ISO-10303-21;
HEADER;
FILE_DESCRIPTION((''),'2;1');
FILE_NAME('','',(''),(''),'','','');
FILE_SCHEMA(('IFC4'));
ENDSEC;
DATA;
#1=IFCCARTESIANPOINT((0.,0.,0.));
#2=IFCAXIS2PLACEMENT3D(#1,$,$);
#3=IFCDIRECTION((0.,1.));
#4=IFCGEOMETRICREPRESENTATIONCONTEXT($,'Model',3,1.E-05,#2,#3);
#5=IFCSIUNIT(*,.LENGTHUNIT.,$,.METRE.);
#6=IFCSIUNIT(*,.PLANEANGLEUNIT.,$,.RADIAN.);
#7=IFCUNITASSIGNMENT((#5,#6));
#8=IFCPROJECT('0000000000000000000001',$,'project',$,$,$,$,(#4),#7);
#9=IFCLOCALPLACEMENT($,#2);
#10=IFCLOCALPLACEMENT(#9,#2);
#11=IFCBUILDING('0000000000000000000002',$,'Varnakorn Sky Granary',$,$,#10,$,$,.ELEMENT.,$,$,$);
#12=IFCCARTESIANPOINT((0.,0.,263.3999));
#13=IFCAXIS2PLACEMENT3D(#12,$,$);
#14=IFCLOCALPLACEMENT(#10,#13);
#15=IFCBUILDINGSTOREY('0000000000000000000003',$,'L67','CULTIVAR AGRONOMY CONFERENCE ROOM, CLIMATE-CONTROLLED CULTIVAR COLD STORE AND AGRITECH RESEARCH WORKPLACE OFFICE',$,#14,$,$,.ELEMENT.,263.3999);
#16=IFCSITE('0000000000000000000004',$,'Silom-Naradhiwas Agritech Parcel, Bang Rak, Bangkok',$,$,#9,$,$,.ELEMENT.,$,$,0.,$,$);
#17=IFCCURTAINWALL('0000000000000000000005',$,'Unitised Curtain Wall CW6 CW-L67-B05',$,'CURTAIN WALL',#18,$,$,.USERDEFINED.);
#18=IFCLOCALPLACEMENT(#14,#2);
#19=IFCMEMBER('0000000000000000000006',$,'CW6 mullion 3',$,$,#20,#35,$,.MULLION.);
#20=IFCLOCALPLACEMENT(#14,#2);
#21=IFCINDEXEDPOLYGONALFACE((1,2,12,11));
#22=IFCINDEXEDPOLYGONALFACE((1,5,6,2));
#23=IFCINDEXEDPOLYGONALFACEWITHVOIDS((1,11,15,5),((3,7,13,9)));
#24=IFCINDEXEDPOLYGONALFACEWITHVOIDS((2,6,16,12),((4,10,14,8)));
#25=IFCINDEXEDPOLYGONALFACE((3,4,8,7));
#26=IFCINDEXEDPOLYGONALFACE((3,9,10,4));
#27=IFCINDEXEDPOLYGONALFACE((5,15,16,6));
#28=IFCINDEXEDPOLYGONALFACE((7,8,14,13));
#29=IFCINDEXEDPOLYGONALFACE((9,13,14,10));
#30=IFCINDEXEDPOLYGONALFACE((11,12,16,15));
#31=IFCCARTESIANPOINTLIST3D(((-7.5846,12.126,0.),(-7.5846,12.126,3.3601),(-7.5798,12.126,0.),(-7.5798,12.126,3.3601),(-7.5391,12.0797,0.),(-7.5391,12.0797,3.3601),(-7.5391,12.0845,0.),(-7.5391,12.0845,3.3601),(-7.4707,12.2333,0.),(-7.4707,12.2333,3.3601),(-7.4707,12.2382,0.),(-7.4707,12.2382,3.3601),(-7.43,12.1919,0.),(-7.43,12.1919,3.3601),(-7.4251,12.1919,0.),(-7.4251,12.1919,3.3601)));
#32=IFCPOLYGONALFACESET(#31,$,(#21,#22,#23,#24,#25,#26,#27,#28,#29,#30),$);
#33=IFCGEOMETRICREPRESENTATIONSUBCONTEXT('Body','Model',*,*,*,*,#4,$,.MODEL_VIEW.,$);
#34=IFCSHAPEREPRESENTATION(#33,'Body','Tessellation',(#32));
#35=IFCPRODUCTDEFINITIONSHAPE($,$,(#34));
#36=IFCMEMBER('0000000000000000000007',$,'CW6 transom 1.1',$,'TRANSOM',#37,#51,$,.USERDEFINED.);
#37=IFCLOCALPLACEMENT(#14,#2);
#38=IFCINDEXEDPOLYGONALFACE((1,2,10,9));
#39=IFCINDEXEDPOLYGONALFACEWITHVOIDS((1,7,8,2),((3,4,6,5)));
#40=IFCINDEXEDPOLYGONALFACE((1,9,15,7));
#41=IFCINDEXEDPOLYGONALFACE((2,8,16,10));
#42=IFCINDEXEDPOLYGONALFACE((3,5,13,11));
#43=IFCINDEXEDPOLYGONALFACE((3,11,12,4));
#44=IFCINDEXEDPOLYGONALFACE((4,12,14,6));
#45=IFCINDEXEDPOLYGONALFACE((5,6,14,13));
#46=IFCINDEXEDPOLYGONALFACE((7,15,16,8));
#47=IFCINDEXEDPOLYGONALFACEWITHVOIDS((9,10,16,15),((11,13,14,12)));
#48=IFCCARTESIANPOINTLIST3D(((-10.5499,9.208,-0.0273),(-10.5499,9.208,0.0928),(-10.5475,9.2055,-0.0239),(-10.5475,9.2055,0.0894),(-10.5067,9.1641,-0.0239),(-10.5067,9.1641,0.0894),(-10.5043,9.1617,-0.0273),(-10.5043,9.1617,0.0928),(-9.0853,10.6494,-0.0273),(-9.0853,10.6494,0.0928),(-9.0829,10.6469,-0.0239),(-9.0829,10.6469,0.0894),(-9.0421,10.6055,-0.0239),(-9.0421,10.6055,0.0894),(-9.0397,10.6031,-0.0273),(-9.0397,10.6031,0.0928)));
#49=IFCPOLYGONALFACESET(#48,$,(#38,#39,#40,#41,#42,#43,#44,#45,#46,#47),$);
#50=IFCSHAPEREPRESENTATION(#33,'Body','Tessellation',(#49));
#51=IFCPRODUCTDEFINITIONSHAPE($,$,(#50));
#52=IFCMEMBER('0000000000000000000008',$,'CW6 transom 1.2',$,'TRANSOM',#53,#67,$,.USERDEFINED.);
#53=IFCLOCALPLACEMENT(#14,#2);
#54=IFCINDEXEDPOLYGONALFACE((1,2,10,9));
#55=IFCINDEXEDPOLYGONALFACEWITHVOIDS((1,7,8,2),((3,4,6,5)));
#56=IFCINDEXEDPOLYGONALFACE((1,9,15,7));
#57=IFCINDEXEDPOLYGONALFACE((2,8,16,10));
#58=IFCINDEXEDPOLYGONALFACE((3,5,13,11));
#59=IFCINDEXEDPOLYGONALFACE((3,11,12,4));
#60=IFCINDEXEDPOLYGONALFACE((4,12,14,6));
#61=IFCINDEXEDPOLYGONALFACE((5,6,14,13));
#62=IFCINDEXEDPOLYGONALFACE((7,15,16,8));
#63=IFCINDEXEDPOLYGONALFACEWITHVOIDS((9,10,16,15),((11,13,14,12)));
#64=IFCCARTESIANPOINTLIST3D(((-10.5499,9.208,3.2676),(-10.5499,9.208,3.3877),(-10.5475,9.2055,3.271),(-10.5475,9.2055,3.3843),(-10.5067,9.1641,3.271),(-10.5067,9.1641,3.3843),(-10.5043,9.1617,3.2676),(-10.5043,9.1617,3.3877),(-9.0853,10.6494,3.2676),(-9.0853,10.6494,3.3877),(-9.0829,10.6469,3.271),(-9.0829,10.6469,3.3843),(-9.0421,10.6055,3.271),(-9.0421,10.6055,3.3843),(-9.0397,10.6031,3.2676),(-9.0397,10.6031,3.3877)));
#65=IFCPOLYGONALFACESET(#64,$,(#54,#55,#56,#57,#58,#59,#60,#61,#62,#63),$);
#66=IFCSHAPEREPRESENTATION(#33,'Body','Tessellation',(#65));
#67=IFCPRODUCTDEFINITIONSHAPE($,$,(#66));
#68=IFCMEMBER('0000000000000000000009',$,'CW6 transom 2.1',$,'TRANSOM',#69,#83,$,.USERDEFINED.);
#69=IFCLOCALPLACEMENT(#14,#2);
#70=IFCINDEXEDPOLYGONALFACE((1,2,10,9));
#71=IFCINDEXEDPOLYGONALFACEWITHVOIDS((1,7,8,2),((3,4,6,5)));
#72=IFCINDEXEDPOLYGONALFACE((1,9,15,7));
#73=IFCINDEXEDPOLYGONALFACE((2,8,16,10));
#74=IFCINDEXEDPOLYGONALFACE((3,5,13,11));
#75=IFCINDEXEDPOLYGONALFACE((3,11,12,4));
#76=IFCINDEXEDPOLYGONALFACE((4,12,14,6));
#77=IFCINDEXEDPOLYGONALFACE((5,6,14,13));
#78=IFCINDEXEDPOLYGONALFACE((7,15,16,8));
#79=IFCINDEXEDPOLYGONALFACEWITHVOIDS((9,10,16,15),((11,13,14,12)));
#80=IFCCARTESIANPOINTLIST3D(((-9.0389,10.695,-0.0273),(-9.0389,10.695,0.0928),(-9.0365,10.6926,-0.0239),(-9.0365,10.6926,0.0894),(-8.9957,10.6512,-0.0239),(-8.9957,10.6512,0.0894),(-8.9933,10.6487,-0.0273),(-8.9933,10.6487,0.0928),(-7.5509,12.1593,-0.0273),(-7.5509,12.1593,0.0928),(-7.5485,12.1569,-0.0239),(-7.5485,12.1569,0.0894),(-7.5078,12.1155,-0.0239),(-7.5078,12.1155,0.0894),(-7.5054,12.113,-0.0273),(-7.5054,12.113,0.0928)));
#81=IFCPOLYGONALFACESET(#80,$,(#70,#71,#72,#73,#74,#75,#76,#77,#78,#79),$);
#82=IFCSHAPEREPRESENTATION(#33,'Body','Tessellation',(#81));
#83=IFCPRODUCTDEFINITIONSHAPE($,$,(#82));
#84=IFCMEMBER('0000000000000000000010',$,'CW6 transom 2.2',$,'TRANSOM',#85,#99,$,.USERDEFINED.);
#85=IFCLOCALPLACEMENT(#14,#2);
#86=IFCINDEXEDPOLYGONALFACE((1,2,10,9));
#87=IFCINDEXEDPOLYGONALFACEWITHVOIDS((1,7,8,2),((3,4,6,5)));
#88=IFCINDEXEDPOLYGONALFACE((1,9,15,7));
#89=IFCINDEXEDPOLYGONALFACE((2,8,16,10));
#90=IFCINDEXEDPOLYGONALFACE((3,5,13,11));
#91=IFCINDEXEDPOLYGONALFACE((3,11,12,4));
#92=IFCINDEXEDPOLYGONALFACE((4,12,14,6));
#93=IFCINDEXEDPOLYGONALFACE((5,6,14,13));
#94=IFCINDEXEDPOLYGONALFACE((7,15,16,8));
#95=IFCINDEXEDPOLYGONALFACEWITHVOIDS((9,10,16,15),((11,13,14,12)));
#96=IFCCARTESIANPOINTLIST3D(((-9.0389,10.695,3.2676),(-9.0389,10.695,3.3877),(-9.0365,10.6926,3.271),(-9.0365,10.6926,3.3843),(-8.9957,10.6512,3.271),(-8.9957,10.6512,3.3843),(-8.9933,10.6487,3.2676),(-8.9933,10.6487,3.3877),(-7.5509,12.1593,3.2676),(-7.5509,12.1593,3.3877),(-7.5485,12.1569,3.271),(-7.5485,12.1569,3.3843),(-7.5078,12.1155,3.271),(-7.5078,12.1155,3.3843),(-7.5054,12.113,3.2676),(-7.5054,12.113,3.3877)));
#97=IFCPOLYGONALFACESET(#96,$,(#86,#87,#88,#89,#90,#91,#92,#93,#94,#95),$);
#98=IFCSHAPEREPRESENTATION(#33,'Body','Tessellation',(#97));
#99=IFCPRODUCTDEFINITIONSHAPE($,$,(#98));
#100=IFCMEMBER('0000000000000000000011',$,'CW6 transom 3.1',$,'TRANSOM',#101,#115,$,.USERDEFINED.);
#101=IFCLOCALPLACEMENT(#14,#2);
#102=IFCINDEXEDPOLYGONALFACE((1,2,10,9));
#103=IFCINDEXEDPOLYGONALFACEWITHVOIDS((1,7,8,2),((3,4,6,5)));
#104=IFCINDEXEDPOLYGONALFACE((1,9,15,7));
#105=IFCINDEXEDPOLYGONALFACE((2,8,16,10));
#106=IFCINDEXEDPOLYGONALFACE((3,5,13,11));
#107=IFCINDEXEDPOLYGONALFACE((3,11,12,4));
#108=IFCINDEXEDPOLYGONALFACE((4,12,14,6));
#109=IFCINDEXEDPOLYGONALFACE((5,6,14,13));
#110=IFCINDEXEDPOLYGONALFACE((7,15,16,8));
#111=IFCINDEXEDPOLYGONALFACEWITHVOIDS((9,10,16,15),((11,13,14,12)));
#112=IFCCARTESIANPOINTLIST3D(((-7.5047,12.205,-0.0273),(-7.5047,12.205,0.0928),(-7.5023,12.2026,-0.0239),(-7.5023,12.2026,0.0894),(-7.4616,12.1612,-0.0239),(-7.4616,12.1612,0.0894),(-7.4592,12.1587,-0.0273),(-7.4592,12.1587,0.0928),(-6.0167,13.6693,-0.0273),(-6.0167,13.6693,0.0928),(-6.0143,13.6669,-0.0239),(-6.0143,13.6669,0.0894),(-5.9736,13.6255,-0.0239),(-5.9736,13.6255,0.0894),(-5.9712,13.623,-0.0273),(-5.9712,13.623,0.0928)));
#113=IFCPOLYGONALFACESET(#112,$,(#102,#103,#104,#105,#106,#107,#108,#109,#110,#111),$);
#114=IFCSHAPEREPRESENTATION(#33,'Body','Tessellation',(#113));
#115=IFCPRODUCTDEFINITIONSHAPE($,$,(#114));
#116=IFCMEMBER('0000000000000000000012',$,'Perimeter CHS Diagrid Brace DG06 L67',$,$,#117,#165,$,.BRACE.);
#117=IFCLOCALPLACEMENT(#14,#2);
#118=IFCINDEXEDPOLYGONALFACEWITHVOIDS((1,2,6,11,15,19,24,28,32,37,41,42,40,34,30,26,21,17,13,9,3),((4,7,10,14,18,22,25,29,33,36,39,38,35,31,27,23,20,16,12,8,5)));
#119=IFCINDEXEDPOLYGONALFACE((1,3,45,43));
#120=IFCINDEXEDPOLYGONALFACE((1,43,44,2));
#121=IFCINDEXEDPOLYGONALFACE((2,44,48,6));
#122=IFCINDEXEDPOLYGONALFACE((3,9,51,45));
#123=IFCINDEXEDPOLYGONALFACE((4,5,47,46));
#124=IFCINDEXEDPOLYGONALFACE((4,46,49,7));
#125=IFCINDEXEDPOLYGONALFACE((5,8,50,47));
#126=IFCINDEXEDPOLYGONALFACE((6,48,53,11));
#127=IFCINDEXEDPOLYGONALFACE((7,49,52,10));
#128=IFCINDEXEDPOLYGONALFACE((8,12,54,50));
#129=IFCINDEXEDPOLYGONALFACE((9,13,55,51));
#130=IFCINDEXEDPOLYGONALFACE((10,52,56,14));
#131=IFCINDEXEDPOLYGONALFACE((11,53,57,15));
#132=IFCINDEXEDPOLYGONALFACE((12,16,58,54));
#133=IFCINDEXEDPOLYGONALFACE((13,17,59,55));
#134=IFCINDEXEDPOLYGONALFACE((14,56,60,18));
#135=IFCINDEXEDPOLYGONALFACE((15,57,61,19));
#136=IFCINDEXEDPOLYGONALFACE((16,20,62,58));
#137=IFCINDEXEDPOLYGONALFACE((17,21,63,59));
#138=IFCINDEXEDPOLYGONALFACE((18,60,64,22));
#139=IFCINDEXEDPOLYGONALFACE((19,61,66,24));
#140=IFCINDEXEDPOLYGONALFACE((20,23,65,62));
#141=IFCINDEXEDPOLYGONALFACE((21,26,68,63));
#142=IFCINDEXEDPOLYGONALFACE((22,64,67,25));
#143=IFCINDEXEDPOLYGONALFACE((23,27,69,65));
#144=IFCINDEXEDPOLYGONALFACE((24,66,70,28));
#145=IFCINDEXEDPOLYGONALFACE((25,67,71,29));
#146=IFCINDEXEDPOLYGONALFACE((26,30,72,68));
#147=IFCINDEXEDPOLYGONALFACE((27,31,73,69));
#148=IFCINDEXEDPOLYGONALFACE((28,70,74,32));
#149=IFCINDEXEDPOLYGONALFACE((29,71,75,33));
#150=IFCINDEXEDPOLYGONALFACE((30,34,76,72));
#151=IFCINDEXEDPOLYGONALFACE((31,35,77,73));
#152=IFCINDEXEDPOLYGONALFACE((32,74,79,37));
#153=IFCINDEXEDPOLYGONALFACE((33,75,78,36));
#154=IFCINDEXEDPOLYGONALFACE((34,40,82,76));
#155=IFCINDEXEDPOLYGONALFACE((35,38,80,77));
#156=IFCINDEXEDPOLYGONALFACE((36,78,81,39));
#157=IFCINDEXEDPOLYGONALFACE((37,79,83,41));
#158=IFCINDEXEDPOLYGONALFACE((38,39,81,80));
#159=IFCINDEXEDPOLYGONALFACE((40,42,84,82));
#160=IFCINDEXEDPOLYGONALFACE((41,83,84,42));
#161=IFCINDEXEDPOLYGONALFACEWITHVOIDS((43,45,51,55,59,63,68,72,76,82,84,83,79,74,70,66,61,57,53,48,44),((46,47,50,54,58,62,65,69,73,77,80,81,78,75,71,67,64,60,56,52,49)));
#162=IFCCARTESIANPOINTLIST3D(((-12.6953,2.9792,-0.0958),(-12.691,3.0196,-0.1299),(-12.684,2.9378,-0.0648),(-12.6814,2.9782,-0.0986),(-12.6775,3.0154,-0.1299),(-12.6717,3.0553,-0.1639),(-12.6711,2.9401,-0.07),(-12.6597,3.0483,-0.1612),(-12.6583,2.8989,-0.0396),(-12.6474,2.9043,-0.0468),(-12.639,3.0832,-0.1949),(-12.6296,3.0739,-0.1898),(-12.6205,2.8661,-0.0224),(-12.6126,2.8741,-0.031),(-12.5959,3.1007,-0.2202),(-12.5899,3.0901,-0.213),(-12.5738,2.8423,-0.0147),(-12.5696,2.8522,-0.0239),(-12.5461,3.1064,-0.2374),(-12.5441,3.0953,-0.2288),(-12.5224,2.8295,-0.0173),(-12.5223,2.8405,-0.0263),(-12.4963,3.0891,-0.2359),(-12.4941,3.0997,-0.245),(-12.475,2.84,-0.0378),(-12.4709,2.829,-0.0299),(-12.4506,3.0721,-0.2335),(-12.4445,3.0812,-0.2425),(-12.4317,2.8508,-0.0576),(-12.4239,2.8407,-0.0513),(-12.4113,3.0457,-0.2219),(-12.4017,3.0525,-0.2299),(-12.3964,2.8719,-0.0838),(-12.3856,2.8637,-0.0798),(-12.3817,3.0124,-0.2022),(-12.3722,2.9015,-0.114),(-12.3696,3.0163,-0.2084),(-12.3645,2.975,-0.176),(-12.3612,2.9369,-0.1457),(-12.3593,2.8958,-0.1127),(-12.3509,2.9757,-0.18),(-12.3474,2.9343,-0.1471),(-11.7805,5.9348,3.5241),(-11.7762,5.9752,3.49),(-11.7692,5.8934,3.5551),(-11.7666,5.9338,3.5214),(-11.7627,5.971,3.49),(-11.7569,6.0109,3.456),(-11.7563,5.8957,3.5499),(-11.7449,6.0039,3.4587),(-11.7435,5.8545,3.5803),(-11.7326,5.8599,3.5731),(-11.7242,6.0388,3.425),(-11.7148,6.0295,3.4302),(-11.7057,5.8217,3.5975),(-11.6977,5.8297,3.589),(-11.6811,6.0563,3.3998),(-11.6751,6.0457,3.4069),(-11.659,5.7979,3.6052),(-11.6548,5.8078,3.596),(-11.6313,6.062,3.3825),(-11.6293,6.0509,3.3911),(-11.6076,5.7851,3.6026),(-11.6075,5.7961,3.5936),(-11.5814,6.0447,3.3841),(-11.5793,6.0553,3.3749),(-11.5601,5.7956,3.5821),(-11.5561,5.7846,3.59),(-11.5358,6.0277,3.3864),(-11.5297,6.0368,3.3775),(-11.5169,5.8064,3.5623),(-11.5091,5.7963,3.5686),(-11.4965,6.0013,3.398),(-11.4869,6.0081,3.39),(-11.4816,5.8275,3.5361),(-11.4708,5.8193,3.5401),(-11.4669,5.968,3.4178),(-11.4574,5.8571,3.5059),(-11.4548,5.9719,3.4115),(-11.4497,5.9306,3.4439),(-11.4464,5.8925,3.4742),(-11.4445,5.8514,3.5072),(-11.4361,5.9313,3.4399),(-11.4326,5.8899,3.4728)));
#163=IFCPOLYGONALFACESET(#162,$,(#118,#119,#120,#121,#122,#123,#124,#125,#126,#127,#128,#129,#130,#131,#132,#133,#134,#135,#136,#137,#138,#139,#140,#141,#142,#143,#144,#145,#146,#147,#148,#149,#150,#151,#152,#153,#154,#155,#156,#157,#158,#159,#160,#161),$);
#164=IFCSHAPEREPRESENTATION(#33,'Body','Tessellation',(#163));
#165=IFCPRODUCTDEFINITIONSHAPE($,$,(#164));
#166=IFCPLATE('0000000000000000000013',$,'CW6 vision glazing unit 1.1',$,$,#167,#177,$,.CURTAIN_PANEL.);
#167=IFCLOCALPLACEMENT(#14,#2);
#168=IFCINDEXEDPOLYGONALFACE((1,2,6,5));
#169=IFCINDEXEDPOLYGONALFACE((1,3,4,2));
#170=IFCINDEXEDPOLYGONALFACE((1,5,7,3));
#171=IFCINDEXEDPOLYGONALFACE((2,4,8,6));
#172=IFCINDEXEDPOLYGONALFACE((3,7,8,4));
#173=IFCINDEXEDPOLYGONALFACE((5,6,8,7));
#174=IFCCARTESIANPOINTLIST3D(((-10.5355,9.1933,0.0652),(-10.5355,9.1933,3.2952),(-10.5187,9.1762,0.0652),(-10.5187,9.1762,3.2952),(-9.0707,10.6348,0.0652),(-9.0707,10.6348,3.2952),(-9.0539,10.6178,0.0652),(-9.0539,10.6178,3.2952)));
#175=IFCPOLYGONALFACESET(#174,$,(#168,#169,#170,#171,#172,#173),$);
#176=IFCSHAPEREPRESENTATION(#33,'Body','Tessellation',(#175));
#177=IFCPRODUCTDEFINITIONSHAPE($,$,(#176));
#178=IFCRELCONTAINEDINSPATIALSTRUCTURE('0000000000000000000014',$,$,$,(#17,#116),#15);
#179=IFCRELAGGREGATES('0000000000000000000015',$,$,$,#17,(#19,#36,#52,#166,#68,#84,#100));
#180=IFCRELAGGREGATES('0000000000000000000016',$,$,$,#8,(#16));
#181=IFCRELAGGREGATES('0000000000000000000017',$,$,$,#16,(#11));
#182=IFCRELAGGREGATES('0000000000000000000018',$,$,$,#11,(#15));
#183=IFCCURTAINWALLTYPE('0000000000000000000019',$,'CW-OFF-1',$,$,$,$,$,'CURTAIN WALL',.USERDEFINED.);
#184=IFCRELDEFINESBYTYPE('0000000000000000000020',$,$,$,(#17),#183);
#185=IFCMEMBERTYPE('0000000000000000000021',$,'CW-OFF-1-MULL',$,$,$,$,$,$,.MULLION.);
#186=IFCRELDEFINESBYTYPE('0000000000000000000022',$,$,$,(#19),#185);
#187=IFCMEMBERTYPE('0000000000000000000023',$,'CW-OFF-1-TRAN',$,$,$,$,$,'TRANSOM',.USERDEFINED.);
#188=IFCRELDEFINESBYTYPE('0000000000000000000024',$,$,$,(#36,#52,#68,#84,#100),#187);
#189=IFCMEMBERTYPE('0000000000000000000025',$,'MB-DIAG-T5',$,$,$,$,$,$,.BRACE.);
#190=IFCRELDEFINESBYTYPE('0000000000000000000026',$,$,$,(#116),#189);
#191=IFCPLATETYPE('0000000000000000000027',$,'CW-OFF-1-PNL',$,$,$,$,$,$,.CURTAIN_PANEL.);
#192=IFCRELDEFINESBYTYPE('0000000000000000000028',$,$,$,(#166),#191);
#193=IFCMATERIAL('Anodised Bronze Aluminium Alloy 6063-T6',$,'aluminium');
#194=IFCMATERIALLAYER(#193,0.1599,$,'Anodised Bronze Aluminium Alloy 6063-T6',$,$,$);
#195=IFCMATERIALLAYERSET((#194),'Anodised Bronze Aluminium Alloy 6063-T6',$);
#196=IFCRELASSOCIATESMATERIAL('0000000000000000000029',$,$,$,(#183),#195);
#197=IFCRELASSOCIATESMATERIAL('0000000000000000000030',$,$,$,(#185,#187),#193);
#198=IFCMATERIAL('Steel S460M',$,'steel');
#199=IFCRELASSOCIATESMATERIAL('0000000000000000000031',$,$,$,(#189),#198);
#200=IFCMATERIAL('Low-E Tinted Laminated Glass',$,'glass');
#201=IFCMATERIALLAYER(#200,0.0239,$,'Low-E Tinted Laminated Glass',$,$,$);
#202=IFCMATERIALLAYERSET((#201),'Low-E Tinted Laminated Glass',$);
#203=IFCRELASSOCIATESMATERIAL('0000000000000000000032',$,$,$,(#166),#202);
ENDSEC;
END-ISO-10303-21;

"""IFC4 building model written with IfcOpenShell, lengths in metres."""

from ifc_helpers import new_model, si_unit, direction, frame, origin, origin_2d, place, context, subcontext, project, spatial, rectangle, hollow_rectangle, hollow_circle, extrude, source, transform, mapped, material, layer, layer_set, material_profile, profile_set, type_object, element, aggregate, save


model = new_model("IFC4")

# Units and contexts
model_context = context("Model", 3, precision=1e-05, world=origin(), true_north=direction((0.0, 1.0)))
body_context = subcontext(model_context, "Body", "Model", "MODEL_VIEW")
ifc_project = project(units=[si_unit("LENGTHUNIT", "METRE"), si_unit("PLANEANGLEUNIT", "RADIAN")], contexts=[model_context])

# Site, building, storey
site_placement = place(None, origin())
site = spatial("IfcSite", under=ifc_project, at=site_placement, Name="Silom-Naradhiwas Agritech Parcel, Bang Rak, Bangkok", CompositionType="ELEMENT", RefElevation=0.0)
building_placement = place(site_placement, origin())
building = spatial("IfcBuilding", under=site, at=building_placement, Name="Varnakorn Sky Granary", CompositionType="ELEMENT")
storey_placement = place(building_placement, frame((0.0, 0.0, 263.3999)))
storey = spatial("IfcBuildingStorey", under=building, at=storey_placement, Name="L67", Description="CULTIVAR AGRONOMY CONFERENCE ROOM, CLIMATE-CONTROLLED CULTIVAR COLD STORE AND AGRITECH RESEARCH WORKPLACE OFFICE", CompositionType="ELEMENT", Elevation=263.3999)

# Shared definitions
ifc_material_1 = material(Name="Steel S460M", Category="steel")

# Curtain wall, members
ifc_material_2 = material(Name="Anodised Bronze Aluminium Alloy 6063-T6", Category="aluminium")
ifc_layer_1 = layer(ifc_material_2, 0.1599, Name="Anodised Bronze Aluminium Alloy 6063-T6")
ifc_layer_set_1 = layer_set([ifc_layer_1], Name="Anodised Bronze Aluminium Alloy 6063-T6")
curtain_wall_type = type_object("IfcCurtainWallType", Name="CW-OFF-1", ElementType="CURTAIN WALL", PredefinedType="USERDEFINED", material=ifc_layer_set_1)
curtain_wall_placement = place(storey_placement, origin())
curtain_wall = element("IfcCurtainWall", 1, at=curtain_wall_placement, inside=storey, type_object=curtain_wall_type, Name="Unitised Curtain Wall CW6 CW-L67-B05", ObjectType="CURTAIN WALL", PredefinedType="USERDEFINED")
ifc_material_profile_1 = material_profile(ifc_material_2, hollow_rectangle(XDim=0.0649, YDim=0.1599, WallThickness=0.0034, at=origin_2d()), Name="ALU MULL 65x160")
ifc_profile_set_1 = profile_set([ifc_material_profile_1], Name="Anodised Bronze Aluminium Alloy 6063-T6")
member_type_1 = type_object("IfcMemberType", Name="CW-OFF-1-MULL", PredefinedType="MULLION", material=ifc_profile_set_1)
member_1_placement = place(storey_placement, frame((-7.5049, 12.1589, 0.0), z_axis=(0.0, 0.0, 1.0), x_axis=(-0.70144, 0.712728, 0.0)))
member_1 = element("IfcMember", 2, at=member_1_placement, type_object=member_type_1, Name="CW6 mullion 3", PredefinedType="MULLION", context=body_context, shape_type="SweptSolid", body=[
    extrude(hollow_rectangle(XDim=0.0649, YDim=0.1599, WallThickness=0.0034, at=origin_2d()), origin(), (0.0, 0.0, 1.0), 3.3601),
])
ifc_material_profile_2 = material_profile(ifc_material_2, hollow_rectangle(XDim=0.0649, YDim=0.1201, WallThickness=0.0034, at=origin_2d()), Name="ALU TRAN 65x120")
ifc_profile_set_2 = profile_set([ifc_material_profile_2], Name="Anodised Bronze Aluminium Alloy 6063-T6")
member_type_2 = type_object("IfcMemberType", Name="CW-OFF-1-TRAN", ElementType="TRANSOM", PredefinedType="USERDEFINED", material=ifc_profile_set_2)
member_2_placement = place(storey_placement, frame((-10.5271, 9.1848, 0.0327), z_axis=(0.712728, 0.701441, 0.0), x_axis=(-0.701441, 0.712728, 0.0)))
member_2 = element("IfcMember", 3, at=member_2_placement, type_object=member_type_2, Name="CW6 transom 1.1", ObjectType="TRANSOM", PredefinedType="USERDEFINED", context=body_context, shape_type="SweptSolid", body=[
    extrude(hollow_rectangle(XDim=0.0649, YDim=0.1201, WallThickness=0.0034, at=origin_2d()), origin(), (0.0, 0.0, 1.0), 2.0549),
])
member_3_placement = place(storey_placement, frame((-10.5271, 9.1848, 3.3276), z_axis=(0.712728, 0.701441, 0.0), x_axis=(-0.701441, 0.712728, 0.0)))
member_3 = element("IfcMember", 4, at=member_3_placement, type_object=member_type_2, Name="CW6 transom 1.2", ObjectType="TRANSOM", PredefinedType="USERDEFINED", context=body_context, shape_type="SweptSolid", body=[
    extrude(hollow_rectangle(XDim=0.0649, YDim=0.1201, WallThickness=0.0034, at=origin_2d()), origin(), (0.0, 0.0, 1.0), 2.0549),
])
member_4_placement = place(storey_placement, frame((-9.0161, 10.6719, 0.0327), z_axis=(0.712756, 0.701412, 0.0), x_axis=(-0.701412, 0.712756, 0.0)))
member_4 = element("IfcMember", 5, at=member_4_placement, type_object=member_type_2, Name="CW6 transom 2.1", ObjectType="TRANSOM", PredefinedType="USERDEFINED", context=body_context, shape_type="SweptSolid", body=[
    extrude(hollow_rectangle(XDim=0.0649, YDim=0.1201, WallThickness=0.0034, at=origin_2d()), origin(), (0.0, 0.0, 1.0), 2.0876),
])
member_5_placement = place(storey_placement, frame((-9.0161, 10.6719, 3.3276), z_axis=(0.712756, 0.701412, 0.0), x_axis=(-0.701412, 0.712756, 0.0)))
member_5 = element("IfcMember", 6, at=member_5_placement, type_object=member_type_2, Name="CW6 transom 2.2", ObjectType="TRANSOM", PredefinedType="USERDEFINED", context=body_context, shape_type="SweptSolid", body=[
    extrude(hollow_rectangle(XDim=0.0649, YDim=0.1201, WallThickness=0.0034, at=origin_2d()), origin(), (0.0, 0.0, 1.0), 2.0876),
])
member_6_placement = place(storey_placement, frame((-7.4819, 12.1819, 0.0327), z_axis=(0.712756, 0.701412, 0.0), x_axis=(-0.701412, 0.712756, 0.0)))
member_6 = element("IfcMember", 7, at=member_6_placement, type_object=member_type_2, Name="CW6 transom 3.1", ObjectType="TRANSOM", PredefinedType="USERDEFINED", context=body_context, shape_type="SweptSolid", body=[
    extrude(hollow_rectangle(XDim=0.0649, YDim=0.1201, WallThickness=0.0034, at=origin_2d()), origin(), (0.0, 0.0, 1.0), 2.0876),
])

# Member
ifc_material_profile_3 = material_profile(ifc_material_1, hollow_circle(Radius=0.1777, WallThickness=0.0142, at=origin_2d()), Name="CHS 355.6x14")
ifc_profile_set_3 = profile_set([ifc_material_profile_3], Name="Steel S460M")
member_type_3 = type_object("IfcMemberType", Name="MB-DIAG-T5", PredefinedType="BRACE", material=ifc_profile_set_3)
member_7_placement = place(storey_placement, frame((-12.5212, 2.967, -0.1299), z_axis=(0.192107, 0.620669, 0.760174), x_axis=(-0.955288, 0.295677, 0.0)))
element("IfcMember", 8, at=member_7_placement, inside=storey, type_object=member_type_3, Name="Perimeter CHS Diagrid Brace DG06 L67", PredefinedType="BRACE", context=body_context, shape_type="SweptSolid", body=[
    extrude(hollow_circle(Radius=0.1777, WallThickness=0.0142, at=origin_2d()), origin(), (0.0, 0.0, 1.0), 4.762),
])

# Plate
ifc_material_3 = material(Name="Low-E Tinted Laminated Glass", Category="glass")
ifc_layer_2 = layer(ifc_material_3, 0.0239, Name="Low-E Tinted Laminated Glass")
ifc_layer_set_2 = layer_set([ifc_layer_2], Name="Low-E Tinted Laminated Glass")
plate_type = type_object("IfcPlateType", Name="CW-OFF-1-PNL", PredefinedType="CURTAIN_PANEL")
shared_shape_1 = source(origin(), body_context, "Body", "SweptSolid", [
    extrude(rectangle(XDim=2.0552, YDim=0.0239, at=origin_2d()), origin(), (0.0, 0.0, 1.0), 3.23),
])
plate_1_placement = place(storey_placement, frame((-9.7947, 9.9055, 0.0652), z_axis=(0.0, 0.0, 1.0), x_axis=(0.712728, 0.70144, 0.0)))
plate_1 = element("IfcPlate", 9, at=plate_1_placement, type_object=plate_type, material=ifc_layer_set_2, Name="CW6 vision glazing unit 1.1", PredefinedType="CURTAIN_PANEL", context=body_context, shape_type="MappedRepresentation", body=[
    mapped(shared_shape_1, transform((0.0, 0.0, 0.0), x_axis=(1.0, 0.0, 0.0), y_axis=(0.0, 1.0, 0.0), z_axis=(0.0, 0.0, 1.0), scale=1.0)),
])
aggregate(curtain_wall, [member_1, member_2, member_3, plate_1, member_4, member_5, member_6])

save(model, "model.ifc")
